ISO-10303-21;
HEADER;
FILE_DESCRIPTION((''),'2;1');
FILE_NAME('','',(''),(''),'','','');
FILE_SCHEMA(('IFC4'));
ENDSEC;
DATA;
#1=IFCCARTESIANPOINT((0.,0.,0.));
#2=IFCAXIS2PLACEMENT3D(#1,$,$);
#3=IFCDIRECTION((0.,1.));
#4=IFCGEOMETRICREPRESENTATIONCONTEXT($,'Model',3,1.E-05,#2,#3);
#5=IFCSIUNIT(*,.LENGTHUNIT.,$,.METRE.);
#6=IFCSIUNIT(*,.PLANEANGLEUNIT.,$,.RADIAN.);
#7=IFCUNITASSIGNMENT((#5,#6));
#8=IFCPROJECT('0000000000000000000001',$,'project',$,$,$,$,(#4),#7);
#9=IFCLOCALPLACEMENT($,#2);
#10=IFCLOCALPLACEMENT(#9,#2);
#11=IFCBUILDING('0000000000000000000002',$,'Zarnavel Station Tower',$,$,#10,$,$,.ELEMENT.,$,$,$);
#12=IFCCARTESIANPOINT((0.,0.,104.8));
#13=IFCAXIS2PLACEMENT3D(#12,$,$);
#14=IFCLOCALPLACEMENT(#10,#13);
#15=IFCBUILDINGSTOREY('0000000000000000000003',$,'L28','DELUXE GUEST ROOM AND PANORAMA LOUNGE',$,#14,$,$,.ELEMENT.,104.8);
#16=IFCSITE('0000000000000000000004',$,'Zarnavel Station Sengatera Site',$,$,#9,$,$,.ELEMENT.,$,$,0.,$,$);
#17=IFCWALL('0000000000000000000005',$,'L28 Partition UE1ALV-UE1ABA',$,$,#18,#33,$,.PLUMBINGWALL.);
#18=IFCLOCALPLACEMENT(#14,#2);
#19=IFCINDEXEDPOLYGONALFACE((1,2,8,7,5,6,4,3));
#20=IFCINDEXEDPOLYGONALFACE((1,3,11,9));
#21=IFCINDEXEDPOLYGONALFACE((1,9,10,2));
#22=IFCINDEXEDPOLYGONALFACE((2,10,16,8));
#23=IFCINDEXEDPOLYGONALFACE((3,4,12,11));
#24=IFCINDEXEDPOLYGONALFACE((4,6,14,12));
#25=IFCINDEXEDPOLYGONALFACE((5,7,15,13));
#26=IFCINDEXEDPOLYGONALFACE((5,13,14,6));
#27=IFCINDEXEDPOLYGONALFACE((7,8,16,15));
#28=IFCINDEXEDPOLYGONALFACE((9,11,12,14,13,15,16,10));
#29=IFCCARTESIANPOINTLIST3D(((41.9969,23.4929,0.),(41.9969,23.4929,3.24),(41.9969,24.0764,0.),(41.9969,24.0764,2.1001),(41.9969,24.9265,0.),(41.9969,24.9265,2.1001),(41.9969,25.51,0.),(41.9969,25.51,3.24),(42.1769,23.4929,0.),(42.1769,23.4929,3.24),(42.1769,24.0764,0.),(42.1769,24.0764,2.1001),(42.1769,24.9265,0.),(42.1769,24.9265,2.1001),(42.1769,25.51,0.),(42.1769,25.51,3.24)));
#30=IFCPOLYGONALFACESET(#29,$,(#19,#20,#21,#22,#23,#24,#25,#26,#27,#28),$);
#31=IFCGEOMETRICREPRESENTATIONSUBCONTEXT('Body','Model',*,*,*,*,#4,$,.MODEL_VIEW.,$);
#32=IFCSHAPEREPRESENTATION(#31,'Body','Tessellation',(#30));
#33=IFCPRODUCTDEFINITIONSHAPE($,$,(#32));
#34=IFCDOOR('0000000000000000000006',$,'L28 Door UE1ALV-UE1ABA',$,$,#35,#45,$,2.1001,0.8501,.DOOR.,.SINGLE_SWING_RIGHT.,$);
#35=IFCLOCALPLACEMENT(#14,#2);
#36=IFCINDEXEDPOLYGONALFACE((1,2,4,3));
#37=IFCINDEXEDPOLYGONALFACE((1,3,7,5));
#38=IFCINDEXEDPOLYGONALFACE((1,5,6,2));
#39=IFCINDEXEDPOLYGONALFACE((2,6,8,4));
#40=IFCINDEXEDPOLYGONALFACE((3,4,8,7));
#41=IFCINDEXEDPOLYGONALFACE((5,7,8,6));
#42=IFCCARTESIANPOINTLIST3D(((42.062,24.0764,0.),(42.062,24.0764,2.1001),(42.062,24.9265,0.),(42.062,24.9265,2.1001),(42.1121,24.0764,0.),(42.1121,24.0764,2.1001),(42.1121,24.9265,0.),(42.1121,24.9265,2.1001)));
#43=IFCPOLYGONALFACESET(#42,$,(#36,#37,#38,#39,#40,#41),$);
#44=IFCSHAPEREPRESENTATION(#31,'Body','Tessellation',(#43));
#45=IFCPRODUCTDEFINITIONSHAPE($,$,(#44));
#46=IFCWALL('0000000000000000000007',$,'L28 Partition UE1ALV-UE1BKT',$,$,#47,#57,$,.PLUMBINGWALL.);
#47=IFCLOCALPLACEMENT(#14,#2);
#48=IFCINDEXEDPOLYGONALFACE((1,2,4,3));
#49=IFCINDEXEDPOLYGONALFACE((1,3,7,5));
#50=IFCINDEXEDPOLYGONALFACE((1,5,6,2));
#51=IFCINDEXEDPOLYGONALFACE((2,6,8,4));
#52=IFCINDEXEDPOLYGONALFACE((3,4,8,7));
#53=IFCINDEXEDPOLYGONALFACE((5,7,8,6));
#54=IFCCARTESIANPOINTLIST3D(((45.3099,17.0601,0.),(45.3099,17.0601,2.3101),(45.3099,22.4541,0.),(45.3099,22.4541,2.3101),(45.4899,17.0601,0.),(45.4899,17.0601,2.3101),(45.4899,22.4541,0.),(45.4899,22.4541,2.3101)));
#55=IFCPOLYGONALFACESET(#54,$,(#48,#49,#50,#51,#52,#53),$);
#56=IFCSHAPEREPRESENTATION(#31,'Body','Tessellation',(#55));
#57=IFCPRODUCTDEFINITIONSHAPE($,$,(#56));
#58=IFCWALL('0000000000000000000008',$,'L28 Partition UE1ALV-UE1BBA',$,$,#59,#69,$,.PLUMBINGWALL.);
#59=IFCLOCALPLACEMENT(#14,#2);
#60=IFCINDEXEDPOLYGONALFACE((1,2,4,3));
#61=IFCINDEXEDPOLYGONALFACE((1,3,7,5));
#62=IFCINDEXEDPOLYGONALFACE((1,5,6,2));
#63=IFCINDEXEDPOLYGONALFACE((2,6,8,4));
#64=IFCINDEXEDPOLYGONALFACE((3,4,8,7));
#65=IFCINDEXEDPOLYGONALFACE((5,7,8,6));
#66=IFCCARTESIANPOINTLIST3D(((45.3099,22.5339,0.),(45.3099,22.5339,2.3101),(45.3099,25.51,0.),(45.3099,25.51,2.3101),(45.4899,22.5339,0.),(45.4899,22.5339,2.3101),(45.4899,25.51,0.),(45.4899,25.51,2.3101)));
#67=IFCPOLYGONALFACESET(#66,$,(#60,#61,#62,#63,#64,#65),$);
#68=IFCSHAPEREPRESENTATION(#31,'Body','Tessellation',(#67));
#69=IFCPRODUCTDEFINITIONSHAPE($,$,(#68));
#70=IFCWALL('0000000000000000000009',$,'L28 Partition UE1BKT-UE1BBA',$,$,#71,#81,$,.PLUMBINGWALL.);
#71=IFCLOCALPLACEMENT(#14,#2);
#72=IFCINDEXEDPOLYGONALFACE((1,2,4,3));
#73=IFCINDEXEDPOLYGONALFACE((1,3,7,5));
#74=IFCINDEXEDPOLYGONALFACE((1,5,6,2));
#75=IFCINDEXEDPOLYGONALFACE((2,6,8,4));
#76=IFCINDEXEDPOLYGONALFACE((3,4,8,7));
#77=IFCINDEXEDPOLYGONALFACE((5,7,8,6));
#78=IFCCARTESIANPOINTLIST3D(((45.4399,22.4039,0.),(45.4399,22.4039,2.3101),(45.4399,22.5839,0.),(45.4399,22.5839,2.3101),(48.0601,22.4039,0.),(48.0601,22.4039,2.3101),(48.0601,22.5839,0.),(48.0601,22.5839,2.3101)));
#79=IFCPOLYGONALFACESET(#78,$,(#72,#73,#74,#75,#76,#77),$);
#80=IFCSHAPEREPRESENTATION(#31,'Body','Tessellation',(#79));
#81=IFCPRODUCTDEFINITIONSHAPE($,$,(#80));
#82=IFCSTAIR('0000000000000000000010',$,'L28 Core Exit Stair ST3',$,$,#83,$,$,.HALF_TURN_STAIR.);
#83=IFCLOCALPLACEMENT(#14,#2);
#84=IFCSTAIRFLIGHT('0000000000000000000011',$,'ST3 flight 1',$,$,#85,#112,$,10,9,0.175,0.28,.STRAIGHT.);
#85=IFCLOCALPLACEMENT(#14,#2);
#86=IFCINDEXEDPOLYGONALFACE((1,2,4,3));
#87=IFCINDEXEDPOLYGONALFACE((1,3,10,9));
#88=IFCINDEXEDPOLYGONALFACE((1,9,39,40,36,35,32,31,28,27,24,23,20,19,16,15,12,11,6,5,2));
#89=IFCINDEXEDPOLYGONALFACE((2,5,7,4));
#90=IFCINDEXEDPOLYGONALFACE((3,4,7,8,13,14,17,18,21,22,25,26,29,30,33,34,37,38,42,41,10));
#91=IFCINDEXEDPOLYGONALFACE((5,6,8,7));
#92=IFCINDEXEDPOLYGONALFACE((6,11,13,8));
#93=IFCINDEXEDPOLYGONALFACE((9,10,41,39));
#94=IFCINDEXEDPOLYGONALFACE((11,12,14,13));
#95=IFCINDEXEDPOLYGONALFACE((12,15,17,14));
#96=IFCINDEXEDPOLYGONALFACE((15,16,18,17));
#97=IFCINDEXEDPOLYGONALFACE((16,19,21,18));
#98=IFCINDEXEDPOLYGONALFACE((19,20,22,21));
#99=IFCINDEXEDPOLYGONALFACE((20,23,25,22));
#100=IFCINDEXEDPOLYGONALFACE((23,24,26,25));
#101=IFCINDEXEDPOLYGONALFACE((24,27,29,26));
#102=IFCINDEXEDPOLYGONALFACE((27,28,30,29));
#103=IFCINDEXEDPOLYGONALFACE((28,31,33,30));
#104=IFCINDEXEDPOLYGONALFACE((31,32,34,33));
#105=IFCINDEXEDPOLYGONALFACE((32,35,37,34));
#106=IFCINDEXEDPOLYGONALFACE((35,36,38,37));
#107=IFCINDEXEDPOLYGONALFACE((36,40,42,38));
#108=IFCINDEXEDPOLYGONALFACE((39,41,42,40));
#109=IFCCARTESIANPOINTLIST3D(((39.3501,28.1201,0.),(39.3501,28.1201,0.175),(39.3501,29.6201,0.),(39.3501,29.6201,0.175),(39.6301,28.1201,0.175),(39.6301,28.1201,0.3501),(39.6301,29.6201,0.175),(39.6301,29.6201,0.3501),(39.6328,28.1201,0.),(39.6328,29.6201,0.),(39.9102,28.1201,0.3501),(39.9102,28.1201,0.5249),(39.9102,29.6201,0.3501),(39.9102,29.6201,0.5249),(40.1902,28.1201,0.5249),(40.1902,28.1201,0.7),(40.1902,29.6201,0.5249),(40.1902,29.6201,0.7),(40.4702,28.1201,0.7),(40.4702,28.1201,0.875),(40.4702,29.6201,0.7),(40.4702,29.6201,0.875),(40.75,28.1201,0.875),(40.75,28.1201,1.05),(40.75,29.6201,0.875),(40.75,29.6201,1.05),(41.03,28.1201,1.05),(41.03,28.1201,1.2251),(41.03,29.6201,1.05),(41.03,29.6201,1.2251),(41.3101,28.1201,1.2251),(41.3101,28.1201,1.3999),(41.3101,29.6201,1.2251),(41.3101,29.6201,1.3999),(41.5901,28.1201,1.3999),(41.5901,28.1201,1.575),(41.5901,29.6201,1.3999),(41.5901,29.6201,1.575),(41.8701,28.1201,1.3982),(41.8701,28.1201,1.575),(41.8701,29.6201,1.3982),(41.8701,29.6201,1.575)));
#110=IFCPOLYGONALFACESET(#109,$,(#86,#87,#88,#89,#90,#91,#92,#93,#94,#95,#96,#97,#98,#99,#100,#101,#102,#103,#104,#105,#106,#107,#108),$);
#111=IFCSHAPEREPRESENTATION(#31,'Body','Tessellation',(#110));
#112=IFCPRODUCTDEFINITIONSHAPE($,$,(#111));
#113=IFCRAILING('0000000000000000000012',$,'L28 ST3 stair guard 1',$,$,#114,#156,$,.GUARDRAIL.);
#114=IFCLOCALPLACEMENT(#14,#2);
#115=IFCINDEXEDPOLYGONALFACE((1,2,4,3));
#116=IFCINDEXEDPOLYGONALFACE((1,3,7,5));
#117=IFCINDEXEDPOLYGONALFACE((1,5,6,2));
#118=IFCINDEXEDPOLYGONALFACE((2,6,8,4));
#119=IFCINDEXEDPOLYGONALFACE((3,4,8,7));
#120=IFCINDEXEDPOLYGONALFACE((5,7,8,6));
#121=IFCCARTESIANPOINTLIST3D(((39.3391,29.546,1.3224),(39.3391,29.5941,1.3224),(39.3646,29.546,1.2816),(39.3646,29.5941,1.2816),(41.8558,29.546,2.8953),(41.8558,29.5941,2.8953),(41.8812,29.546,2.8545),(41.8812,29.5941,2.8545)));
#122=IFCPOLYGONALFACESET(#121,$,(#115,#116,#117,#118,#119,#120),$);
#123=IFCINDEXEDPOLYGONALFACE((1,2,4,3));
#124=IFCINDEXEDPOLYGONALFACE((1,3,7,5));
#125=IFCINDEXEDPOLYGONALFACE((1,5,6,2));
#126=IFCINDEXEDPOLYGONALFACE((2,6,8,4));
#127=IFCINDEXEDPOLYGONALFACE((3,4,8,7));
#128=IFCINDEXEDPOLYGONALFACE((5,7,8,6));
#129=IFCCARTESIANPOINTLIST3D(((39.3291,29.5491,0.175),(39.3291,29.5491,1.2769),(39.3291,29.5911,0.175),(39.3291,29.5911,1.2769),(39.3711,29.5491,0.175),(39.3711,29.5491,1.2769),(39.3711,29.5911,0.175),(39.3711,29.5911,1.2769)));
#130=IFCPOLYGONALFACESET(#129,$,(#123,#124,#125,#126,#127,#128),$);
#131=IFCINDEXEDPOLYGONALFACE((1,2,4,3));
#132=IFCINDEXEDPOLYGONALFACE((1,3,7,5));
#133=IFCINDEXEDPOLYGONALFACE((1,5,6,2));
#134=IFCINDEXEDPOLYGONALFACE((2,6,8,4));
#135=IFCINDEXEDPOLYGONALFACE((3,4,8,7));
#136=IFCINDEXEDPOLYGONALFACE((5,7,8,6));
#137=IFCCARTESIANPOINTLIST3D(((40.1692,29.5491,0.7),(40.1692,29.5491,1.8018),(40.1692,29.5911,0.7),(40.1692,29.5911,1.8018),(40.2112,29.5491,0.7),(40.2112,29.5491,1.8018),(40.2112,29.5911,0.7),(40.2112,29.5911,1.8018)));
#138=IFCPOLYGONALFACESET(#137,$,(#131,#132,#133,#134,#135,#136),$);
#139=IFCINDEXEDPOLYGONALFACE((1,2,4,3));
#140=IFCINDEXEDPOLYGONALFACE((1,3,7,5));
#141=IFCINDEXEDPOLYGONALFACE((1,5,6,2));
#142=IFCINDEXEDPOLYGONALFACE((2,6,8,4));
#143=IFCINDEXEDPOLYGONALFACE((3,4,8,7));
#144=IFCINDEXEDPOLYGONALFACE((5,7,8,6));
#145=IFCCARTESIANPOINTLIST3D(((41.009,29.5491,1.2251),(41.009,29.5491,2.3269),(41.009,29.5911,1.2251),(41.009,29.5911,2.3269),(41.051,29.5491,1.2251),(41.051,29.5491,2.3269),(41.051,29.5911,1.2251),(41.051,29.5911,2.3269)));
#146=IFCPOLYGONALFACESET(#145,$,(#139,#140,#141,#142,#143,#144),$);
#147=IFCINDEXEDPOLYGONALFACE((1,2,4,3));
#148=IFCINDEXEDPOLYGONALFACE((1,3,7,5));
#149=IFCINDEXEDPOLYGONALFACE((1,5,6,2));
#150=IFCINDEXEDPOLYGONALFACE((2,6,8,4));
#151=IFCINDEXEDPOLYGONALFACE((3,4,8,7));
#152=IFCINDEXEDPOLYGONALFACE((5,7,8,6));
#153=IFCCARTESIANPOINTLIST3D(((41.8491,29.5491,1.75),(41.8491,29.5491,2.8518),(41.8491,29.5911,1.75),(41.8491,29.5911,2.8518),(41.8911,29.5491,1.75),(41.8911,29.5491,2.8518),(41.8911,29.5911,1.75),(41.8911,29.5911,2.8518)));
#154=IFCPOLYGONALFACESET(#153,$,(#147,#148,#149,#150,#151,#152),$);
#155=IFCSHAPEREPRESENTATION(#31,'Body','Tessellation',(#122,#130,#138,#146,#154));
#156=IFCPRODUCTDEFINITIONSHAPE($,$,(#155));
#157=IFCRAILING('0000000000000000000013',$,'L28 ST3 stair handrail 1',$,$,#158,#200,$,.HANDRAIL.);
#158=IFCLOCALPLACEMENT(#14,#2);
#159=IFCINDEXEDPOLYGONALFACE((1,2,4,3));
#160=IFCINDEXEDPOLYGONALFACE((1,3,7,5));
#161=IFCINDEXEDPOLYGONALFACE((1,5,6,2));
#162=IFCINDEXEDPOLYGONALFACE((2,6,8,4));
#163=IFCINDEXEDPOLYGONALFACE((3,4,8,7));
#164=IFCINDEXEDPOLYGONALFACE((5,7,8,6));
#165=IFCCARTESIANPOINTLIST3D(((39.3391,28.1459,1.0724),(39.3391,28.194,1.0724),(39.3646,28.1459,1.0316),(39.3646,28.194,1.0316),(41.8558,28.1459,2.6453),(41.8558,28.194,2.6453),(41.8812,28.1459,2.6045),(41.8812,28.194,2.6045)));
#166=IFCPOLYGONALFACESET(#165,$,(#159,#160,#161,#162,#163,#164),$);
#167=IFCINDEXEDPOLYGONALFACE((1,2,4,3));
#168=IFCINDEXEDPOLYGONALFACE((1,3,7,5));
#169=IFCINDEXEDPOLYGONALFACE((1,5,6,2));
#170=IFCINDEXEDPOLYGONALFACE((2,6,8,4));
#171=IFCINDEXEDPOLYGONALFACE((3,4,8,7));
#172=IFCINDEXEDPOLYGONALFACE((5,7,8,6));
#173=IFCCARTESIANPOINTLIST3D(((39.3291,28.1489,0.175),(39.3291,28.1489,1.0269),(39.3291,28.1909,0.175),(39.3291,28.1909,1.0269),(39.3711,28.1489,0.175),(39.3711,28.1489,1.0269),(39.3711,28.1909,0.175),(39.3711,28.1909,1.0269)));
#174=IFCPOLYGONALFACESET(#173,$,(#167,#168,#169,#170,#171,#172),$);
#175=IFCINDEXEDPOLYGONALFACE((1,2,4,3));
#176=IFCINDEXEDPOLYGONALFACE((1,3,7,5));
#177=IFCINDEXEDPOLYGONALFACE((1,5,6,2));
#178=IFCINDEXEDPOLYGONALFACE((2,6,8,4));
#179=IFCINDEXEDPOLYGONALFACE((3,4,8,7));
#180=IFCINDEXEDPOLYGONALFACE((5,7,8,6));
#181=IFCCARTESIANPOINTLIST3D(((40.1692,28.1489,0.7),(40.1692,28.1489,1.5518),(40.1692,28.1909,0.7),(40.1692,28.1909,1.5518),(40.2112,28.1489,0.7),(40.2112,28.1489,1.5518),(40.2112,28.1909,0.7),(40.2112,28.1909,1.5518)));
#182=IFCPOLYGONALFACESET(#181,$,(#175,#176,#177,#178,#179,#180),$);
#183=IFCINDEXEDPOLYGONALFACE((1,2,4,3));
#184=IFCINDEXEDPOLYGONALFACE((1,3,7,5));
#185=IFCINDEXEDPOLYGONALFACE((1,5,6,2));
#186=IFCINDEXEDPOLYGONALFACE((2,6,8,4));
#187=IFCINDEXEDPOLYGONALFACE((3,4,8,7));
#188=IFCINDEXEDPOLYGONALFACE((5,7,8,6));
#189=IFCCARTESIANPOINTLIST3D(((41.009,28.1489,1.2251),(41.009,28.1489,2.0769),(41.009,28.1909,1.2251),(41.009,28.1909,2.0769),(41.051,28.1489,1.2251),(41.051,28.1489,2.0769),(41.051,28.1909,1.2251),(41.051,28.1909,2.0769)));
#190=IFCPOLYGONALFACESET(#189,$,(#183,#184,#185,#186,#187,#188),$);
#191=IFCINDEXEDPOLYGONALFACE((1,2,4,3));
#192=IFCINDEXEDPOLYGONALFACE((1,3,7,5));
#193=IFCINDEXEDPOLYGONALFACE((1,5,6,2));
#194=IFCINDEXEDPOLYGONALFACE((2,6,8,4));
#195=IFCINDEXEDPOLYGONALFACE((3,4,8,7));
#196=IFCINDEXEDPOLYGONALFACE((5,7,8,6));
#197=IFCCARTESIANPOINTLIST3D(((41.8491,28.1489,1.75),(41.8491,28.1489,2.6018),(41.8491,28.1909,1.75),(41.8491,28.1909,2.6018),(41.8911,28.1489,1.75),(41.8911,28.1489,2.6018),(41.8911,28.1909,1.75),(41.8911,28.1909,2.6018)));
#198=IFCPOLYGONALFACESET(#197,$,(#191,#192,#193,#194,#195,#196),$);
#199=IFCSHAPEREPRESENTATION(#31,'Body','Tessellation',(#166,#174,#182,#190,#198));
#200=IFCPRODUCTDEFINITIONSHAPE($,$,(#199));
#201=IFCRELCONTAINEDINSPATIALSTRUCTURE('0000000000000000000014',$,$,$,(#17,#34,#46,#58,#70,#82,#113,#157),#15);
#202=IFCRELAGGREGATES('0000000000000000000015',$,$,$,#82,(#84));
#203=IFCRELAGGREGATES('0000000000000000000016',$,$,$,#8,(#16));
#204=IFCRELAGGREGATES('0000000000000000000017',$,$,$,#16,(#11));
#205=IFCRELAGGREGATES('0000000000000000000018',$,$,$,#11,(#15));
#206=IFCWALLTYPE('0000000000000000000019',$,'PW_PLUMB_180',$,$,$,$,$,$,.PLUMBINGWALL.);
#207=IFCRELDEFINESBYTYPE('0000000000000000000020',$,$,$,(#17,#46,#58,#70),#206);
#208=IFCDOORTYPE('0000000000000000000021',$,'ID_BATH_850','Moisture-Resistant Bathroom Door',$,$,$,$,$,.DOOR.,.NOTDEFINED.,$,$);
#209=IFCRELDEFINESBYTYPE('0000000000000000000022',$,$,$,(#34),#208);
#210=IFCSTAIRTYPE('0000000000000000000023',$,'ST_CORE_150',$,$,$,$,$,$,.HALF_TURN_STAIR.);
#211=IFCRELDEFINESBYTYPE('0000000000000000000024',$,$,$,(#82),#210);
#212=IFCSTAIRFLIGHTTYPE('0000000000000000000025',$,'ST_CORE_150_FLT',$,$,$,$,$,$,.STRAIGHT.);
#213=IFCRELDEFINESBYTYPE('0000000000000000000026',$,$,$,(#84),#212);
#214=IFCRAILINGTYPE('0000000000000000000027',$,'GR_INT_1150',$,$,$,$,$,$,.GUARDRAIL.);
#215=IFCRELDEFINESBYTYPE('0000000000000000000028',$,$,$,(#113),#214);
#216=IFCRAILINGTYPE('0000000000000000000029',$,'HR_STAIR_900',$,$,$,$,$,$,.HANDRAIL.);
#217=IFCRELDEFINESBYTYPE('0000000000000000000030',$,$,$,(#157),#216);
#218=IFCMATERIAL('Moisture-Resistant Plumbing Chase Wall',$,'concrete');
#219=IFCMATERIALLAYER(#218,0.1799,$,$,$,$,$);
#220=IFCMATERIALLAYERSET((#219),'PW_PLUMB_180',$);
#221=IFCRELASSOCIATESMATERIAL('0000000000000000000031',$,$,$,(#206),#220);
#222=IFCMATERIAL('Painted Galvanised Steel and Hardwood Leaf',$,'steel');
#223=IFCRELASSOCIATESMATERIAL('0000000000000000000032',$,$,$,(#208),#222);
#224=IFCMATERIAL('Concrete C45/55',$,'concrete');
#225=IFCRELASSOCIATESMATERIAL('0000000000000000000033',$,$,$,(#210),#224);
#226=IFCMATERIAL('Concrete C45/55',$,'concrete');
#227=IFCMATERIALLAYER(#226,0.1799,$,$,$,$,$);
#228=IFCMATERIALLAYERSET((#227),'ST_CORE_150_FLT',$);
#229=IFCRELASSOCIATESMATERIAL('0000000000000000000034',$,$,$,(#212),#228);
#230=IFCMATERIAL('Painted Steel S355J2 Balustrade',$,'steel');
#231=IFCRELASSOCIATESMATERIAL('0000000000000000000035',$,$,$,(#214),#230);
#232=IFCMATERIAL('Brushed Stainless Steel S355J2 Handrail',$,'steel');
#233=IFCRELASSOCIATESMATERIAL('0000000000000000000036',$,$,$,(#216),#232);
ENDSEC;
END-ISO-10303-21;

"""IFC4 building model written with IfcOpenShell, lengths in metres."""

from ifc_helpers import new_model, si_unit, direction, frame, frame_2d, origin, origin_2d, place, context, subcontext, project, spatial, polyline, rectangle, outline, extrude, material, layer, layer_set, type_object, element, fill, aggregate, save


model = new_model("IFC4")

# Units and contexts
model_context = context("Model", 3, precision=1e-05, world=origin(), true_north=direction((0.0, 1.0)))
body_context = subcontext(model_context, "Body", "Model", "MODEL_VIEW")
ifc_project = project(units=[si_unit("LENGTHUNIT", "METRE"), si_unit("PLANEANGLEUNIT", "RADIAN")], contexts=[model_context])

# Site, building, storey
site_placement = place(None, origin())
site = spatial("IfcSite", under=ifc_project, at=site_placement, Name="Zarnavel Station Sengatera Site", CompositionType="ELEMENT", RefElevation=0.0)
building_placement = place(site_placement, origin())
building = spatial("IfcBuilding", under=site, at=building_placement, Name="Zarnavel Station Tower", CompositionType="ELEMENT")
storey_placement = place(building_placement, frame((0.0, 0.0, 104.8)))
storey = spatial("IfcBuildingStorey", under=building, at=storey_placement, Name="L28", Description="DELUXE GUEST ROOM AND PANORAMA LOUNGE", CompositionType="ELEMENT", Elevation=104.8)

# Shared definitions
ifc_material_1 = material(Name="Moisture-Resistant Plumbing Chase Wall", Category="concrete")
ifc_layer_1 = layer(ifc_material_1, 0.1799)
ifc_layer_set_1 = layer_set([ifc_layer_1], Name="PW_PLUMB_180")
wall_type_1 = type_object("IfcWallType", Name="PW_PLUMB_180", PredefinedType="PLUMBINGWALL", material=ifc_layer_set_1)

# Wall, opening, door
wall_1_placement = place(storey_placement, frame((42.0869, 23.4929, 0.0), z_axis=(0.0, 0.0, 1.0), x_axis=(0.0, 1.0, 0.0)))
wall_1 = element("IfcWall", 1, at=wall_1_placement, inside=storey, type_object=wall_type_1, Name="L28 Partition UE1ALV-UE1ABA", PredefinedType="PLUMBINGWALL", context=body_context, shape_type="SweptSolid", body=[
    extrude(rectangle(XDim=2.0171, YDim=0.1799, at=frame_2d((1.0085, 0.0))), origin(), (0.0, 0.0, 1.0), 3.24),
])
opening_1_placement = place(wall_1_placement, frame((0.5835, 0.0, 0.0)))
opening_1 = element("IfcOpeningElement", 2, at=opening_1_placement, cuts=wall_1, PredefinedType="OPENING", context=body_context, shape_type="SweptSolid", body=[
    extrude(rectangle(XDim=0.8501, YDim=2.1001, at=frame_2d((0.425, 1.05))), frame((0.0, 0.0999, 0.0), z_axis=(0.0, -1.0, 0.0), x_axis=(1.0, 0.0, 0.0)), (0.0, 0.0, 1.0), 0.2),
])
ifc_material_2 = material(Name="Painted Galvanised Steel and Hardwood Leaf", Category="steel")
door_type_1 = type_object("IfcDoorType", Name="ID_BATH_850", Description="Moisture-Resistant Bathroom Door", OperationType="NOTDEFINED", PredefinedType="DOOR", material=ifc_material_2)
door_1_placement = place(opening_1_placement, origin())
door_1 = element("IfcDoor", 3, at=door_1_placement, inside=storey, type_object=door_type_1, Name="L28 Door UE1ALV-UE1ABA", OperationType="SINGLE_SWING_RIGHT", OverallHeight=2.1001, OverallWidth=0.8501, PredefinedType="DOOR", context=body_context, shape_type="SweptSolid", body=[
    extrude(rectangle(XDim=0.8501, YDim=2.1001, at=frame_2d((0.425, 1.05))), frame((0.0, 0.0249, 0.0), z_axis=(0.0, -1.0, 0.0), x_axis=(1.0, 0.0, 0.0)), (0.0, 0.0, 1.0), 0.05),
])
fill(opening_1, door_1)

# Walls
wall_2_placement = place(storey_placement, frame((45.3999, 17.0601, 0.0), z_axis=(0.0, 0.0, 1.0), x_axis=(0.0, 1.0, 0.0)))
element("IfcWall", 4, at=wall_2_placement, inside=storey, type_object=wall_type_1, Name="L28 Partition UE1ALV-UE1BKT", PredefinedType="PLUMBINGWALL", context=body_context, shape_type="SweptSolid", body=[
    extrude(rectangle(XDim=5.394, YDim=0.1799, at=frame_2d((2.697, 0.0))), origin(), (0.0, 0.0, 1.0), 2.3101),
])
wall_3_placement = place(storey_placement, frame((45.3999, 22.5339, 0.0), z_axis=(0.0, 0.0, 1.0), x_axis=(0.0, 1.0, 0.0)))
element("IfcWall", 5, at=wall_3_placement, inside=storey, type_object=wall_type_1, Name="L28 Partition UE1ALV-UE1BBA", PredefinedType="PLUMBINGWALL", context=body_context, shape_type="SweptSolid", body=[
    extrude(rectangle(XDim=2.9761, YDim=0.1799, at=frame_2d((1.488, 0.0))), origin(), (0.0, 0.0, 1.0), 2.3101),
])
wall_4_placement = place(storey_placement, frame((45.4399, 22.4939, 0.0), z_axis=(0.0, 0.0, 1.0), x_axis=(1.0, 0.0, 0.0)))
element("IfcWall", 6, at=wall_4_placement, inside=storey, type_object=wall_type_1, Name="L28 Partition UE1BKT-UE1BBA", PredefinedType="PLUMBINGWALL", context=body_context, shape_type="SweptSolid", body=[
    extrude(rectangle(XDim=2.6201, YDim=0.1799, at=frame_2d((1.3101, 0.0))), origin(), (0.0, 0.0, 1.0), 2.3101),
])

# Stair, stair flight
ifc_material_3 = material(Name="Concrete C45/55", Category="concrete")
stair_type = type_object("IfcStairType", Name="ST_CORE_150", PredefinedType="HALF_TURN_STAIR", material=ifc_material_3)
stair_placement = place(storey_placement, origin())
stair = element("IfcStair", 7, at=stair_placement, inside=storey, type_object=stair_type, Name="L28 Core Exit Stair ST3", PredefinedType="HALF_TURN_STAIR")
ifc_material_4 = material(Name="Concrete C45/55", Category="concrete")
ifc_layer_2 = layer(ifc_material_4, 0.1799)
ifc_layer_set_2 = layer_set([ifc_layer_2], Name="ST_CORE_150_FLT")
stair_flight_type = type_object("IfcStairFlightType", Name="ST_CORE_150_FLT", PredefinedType="STRAIGHT", material=ifc_layer_set_2)
stair_flight_placement = place(storey_placement, frame((39.3501, 28.8701, 0.0), z_axis=(0.0, 0.0, 1.0), x_axis=(1.0, 0.0, 0.0)))
stair_flight = element("IfcStairFlight", 8, at=stair_flight_placement, type_object=stair_flight_type, Name="ST3 flight 1", NumberOfRisers=10, NumberOfTreads=9, PredefinedType="STRAIGHT", RiserHeight=0.175, TreadLength=0.28, context=body_context, shape_type="SweptSolid", body=[
    extrude(outline(polyline([(0.0, 0.0), (0.0, 0.175), (0.28, 0.175), (0.28, 0.3501), (0.5601, 0.3501), (0.5601, 0.5249), (0.8401, 0.5249), (0.8401, 0.7), (1.1201, 0.7), (1.1201, 0.875), (1.3999, 0.875), (1.3999, 1.05), (1.6799, 1.05), (1.6799, 1.2251), (1.96, 1.2251), (1.96, 1.3999), (2.24, 1.3999), (2.24, 1.575), (2.52, 1.575), (2.52, 1.75), (2.52, 1.3982), (0.2827, 0.0), (0.0, 0.0)])), frame((0.0, 0.75, 0.0), z_axis=(0.0, -1.0, 0.0), x_axis=(1.0, 0.0, 0.0)), (0.0, 0.0, 1.0), 1.5),
])
aggregate(stair, [stair_flight])

# Railings
ifc_material_5 = material(Name="Painted Steel S355J2 Balustrade", Category="steel")
railing_type_1 = type_object("IfcRailingType", Name="GR_INT_1150", PredefinedType="GUARDRAIL", material=ifc_material_5)
railing_1_placement = place(storey_placement, frame((39.3501, 29.5701, 0.175)))
element("IfcRailing", 9, at=railing_1_placement, inside=storey, type_object=railing_type_1, Name="L28 ST3 stair guard 1", PredefinedType="GUARDRAIL", context=body_context, shape_type="SweptSolid", body=[
    extrude(rectangle(XDim=0.0481, YDim=0.0481, at=origin_2d()), frame((0.0017, 0.0, 1.127), z_axis=(0.848008, 0.0, 0.529984), x_axis=(0.0, 1.0, 0.0)), (0.0, 0.0, 1.0), 2.9678),
    extrude(rectangle(XDim=0.042, YDim=0.042, at=origin_2d()), origin(), (0.0, 0.0, 1.0), 1.1018),
    extrude(rectangle(XDim=0.042, YDim=0.042, at=origin_2d()), frame((0.8401, 0.0, 0.5249)), (0.0, 0.0, 1.0), 1.1018),
    extrude(rectangle(XDim=0.042, YDim=0.042, at=origin_2d()), frame((1.6799, 0.0, 1.05)), (0.0, 0.0, 1.0), 1.1018),
    extrude(rectangle(XDim=0.042, YDim=0.042, at=origin_2d()), frame((2.52, 0.0, 1.575)), (0.0, 0.0, 1.0), 1.1018),
])
ifc_material_6 = material(Name="Brushed Stainless Steel S355J2 Handrail", Category="steel")
railing_type_2 = type_object("IfcRailingType", Name="HR_STAIR_900", PredefinedType="HANDRAIL", material=ifc_material_6)
railing_2_placement = place(storey_placement, frame((39.3501, 28.1699, 0.175)))
element("IfcRailing", 10, at=railing_2_placement, inside=storey, type_object=railing_type_2, Name="L28 ST3 stair handrail 1", PredefinedType="HANDRAIL", context=body_context, shape_type="SweptSolid", body=[
    extrude(rectangle(XDim=0.0481, YDim=0.0481, at=origin_2d()), frame((0.0017, 0.0, 0.877), z_axis=(0.848008, 0.0, 0.529984), x_axis=(0.0, 1.0, 0.0)), (0.0, 0.0, 1.0), 2.9678),
    extrude(rectangle(XDim=0.042, YDim=0.042, at=origin_2d()), origin(), (0.0, 0.0, 1.0), 0.8518),
    extrude(rectangle(XDim=0.042, YDim=0.042, at=origin_2d()), frame((0.8401, 0.0, 0.5249)), (0.0, 0.0, 1.0), 0.8518),
    extrude(rectangle(XDim=0.042, YDim=0.042, at=origin_2d()), frame((1.6799, 0.0, 1.05)), (0.0, 0.0, 1.0), 0.8518),
    extrude(rectangle(XDim=0.042, YDim=0.042, at=origin_2d()), frame((2.52, 0.0, 1.575)), (0.0, 0.0, 1.0), 0.8518),
])

save(model, "model.ifc")
